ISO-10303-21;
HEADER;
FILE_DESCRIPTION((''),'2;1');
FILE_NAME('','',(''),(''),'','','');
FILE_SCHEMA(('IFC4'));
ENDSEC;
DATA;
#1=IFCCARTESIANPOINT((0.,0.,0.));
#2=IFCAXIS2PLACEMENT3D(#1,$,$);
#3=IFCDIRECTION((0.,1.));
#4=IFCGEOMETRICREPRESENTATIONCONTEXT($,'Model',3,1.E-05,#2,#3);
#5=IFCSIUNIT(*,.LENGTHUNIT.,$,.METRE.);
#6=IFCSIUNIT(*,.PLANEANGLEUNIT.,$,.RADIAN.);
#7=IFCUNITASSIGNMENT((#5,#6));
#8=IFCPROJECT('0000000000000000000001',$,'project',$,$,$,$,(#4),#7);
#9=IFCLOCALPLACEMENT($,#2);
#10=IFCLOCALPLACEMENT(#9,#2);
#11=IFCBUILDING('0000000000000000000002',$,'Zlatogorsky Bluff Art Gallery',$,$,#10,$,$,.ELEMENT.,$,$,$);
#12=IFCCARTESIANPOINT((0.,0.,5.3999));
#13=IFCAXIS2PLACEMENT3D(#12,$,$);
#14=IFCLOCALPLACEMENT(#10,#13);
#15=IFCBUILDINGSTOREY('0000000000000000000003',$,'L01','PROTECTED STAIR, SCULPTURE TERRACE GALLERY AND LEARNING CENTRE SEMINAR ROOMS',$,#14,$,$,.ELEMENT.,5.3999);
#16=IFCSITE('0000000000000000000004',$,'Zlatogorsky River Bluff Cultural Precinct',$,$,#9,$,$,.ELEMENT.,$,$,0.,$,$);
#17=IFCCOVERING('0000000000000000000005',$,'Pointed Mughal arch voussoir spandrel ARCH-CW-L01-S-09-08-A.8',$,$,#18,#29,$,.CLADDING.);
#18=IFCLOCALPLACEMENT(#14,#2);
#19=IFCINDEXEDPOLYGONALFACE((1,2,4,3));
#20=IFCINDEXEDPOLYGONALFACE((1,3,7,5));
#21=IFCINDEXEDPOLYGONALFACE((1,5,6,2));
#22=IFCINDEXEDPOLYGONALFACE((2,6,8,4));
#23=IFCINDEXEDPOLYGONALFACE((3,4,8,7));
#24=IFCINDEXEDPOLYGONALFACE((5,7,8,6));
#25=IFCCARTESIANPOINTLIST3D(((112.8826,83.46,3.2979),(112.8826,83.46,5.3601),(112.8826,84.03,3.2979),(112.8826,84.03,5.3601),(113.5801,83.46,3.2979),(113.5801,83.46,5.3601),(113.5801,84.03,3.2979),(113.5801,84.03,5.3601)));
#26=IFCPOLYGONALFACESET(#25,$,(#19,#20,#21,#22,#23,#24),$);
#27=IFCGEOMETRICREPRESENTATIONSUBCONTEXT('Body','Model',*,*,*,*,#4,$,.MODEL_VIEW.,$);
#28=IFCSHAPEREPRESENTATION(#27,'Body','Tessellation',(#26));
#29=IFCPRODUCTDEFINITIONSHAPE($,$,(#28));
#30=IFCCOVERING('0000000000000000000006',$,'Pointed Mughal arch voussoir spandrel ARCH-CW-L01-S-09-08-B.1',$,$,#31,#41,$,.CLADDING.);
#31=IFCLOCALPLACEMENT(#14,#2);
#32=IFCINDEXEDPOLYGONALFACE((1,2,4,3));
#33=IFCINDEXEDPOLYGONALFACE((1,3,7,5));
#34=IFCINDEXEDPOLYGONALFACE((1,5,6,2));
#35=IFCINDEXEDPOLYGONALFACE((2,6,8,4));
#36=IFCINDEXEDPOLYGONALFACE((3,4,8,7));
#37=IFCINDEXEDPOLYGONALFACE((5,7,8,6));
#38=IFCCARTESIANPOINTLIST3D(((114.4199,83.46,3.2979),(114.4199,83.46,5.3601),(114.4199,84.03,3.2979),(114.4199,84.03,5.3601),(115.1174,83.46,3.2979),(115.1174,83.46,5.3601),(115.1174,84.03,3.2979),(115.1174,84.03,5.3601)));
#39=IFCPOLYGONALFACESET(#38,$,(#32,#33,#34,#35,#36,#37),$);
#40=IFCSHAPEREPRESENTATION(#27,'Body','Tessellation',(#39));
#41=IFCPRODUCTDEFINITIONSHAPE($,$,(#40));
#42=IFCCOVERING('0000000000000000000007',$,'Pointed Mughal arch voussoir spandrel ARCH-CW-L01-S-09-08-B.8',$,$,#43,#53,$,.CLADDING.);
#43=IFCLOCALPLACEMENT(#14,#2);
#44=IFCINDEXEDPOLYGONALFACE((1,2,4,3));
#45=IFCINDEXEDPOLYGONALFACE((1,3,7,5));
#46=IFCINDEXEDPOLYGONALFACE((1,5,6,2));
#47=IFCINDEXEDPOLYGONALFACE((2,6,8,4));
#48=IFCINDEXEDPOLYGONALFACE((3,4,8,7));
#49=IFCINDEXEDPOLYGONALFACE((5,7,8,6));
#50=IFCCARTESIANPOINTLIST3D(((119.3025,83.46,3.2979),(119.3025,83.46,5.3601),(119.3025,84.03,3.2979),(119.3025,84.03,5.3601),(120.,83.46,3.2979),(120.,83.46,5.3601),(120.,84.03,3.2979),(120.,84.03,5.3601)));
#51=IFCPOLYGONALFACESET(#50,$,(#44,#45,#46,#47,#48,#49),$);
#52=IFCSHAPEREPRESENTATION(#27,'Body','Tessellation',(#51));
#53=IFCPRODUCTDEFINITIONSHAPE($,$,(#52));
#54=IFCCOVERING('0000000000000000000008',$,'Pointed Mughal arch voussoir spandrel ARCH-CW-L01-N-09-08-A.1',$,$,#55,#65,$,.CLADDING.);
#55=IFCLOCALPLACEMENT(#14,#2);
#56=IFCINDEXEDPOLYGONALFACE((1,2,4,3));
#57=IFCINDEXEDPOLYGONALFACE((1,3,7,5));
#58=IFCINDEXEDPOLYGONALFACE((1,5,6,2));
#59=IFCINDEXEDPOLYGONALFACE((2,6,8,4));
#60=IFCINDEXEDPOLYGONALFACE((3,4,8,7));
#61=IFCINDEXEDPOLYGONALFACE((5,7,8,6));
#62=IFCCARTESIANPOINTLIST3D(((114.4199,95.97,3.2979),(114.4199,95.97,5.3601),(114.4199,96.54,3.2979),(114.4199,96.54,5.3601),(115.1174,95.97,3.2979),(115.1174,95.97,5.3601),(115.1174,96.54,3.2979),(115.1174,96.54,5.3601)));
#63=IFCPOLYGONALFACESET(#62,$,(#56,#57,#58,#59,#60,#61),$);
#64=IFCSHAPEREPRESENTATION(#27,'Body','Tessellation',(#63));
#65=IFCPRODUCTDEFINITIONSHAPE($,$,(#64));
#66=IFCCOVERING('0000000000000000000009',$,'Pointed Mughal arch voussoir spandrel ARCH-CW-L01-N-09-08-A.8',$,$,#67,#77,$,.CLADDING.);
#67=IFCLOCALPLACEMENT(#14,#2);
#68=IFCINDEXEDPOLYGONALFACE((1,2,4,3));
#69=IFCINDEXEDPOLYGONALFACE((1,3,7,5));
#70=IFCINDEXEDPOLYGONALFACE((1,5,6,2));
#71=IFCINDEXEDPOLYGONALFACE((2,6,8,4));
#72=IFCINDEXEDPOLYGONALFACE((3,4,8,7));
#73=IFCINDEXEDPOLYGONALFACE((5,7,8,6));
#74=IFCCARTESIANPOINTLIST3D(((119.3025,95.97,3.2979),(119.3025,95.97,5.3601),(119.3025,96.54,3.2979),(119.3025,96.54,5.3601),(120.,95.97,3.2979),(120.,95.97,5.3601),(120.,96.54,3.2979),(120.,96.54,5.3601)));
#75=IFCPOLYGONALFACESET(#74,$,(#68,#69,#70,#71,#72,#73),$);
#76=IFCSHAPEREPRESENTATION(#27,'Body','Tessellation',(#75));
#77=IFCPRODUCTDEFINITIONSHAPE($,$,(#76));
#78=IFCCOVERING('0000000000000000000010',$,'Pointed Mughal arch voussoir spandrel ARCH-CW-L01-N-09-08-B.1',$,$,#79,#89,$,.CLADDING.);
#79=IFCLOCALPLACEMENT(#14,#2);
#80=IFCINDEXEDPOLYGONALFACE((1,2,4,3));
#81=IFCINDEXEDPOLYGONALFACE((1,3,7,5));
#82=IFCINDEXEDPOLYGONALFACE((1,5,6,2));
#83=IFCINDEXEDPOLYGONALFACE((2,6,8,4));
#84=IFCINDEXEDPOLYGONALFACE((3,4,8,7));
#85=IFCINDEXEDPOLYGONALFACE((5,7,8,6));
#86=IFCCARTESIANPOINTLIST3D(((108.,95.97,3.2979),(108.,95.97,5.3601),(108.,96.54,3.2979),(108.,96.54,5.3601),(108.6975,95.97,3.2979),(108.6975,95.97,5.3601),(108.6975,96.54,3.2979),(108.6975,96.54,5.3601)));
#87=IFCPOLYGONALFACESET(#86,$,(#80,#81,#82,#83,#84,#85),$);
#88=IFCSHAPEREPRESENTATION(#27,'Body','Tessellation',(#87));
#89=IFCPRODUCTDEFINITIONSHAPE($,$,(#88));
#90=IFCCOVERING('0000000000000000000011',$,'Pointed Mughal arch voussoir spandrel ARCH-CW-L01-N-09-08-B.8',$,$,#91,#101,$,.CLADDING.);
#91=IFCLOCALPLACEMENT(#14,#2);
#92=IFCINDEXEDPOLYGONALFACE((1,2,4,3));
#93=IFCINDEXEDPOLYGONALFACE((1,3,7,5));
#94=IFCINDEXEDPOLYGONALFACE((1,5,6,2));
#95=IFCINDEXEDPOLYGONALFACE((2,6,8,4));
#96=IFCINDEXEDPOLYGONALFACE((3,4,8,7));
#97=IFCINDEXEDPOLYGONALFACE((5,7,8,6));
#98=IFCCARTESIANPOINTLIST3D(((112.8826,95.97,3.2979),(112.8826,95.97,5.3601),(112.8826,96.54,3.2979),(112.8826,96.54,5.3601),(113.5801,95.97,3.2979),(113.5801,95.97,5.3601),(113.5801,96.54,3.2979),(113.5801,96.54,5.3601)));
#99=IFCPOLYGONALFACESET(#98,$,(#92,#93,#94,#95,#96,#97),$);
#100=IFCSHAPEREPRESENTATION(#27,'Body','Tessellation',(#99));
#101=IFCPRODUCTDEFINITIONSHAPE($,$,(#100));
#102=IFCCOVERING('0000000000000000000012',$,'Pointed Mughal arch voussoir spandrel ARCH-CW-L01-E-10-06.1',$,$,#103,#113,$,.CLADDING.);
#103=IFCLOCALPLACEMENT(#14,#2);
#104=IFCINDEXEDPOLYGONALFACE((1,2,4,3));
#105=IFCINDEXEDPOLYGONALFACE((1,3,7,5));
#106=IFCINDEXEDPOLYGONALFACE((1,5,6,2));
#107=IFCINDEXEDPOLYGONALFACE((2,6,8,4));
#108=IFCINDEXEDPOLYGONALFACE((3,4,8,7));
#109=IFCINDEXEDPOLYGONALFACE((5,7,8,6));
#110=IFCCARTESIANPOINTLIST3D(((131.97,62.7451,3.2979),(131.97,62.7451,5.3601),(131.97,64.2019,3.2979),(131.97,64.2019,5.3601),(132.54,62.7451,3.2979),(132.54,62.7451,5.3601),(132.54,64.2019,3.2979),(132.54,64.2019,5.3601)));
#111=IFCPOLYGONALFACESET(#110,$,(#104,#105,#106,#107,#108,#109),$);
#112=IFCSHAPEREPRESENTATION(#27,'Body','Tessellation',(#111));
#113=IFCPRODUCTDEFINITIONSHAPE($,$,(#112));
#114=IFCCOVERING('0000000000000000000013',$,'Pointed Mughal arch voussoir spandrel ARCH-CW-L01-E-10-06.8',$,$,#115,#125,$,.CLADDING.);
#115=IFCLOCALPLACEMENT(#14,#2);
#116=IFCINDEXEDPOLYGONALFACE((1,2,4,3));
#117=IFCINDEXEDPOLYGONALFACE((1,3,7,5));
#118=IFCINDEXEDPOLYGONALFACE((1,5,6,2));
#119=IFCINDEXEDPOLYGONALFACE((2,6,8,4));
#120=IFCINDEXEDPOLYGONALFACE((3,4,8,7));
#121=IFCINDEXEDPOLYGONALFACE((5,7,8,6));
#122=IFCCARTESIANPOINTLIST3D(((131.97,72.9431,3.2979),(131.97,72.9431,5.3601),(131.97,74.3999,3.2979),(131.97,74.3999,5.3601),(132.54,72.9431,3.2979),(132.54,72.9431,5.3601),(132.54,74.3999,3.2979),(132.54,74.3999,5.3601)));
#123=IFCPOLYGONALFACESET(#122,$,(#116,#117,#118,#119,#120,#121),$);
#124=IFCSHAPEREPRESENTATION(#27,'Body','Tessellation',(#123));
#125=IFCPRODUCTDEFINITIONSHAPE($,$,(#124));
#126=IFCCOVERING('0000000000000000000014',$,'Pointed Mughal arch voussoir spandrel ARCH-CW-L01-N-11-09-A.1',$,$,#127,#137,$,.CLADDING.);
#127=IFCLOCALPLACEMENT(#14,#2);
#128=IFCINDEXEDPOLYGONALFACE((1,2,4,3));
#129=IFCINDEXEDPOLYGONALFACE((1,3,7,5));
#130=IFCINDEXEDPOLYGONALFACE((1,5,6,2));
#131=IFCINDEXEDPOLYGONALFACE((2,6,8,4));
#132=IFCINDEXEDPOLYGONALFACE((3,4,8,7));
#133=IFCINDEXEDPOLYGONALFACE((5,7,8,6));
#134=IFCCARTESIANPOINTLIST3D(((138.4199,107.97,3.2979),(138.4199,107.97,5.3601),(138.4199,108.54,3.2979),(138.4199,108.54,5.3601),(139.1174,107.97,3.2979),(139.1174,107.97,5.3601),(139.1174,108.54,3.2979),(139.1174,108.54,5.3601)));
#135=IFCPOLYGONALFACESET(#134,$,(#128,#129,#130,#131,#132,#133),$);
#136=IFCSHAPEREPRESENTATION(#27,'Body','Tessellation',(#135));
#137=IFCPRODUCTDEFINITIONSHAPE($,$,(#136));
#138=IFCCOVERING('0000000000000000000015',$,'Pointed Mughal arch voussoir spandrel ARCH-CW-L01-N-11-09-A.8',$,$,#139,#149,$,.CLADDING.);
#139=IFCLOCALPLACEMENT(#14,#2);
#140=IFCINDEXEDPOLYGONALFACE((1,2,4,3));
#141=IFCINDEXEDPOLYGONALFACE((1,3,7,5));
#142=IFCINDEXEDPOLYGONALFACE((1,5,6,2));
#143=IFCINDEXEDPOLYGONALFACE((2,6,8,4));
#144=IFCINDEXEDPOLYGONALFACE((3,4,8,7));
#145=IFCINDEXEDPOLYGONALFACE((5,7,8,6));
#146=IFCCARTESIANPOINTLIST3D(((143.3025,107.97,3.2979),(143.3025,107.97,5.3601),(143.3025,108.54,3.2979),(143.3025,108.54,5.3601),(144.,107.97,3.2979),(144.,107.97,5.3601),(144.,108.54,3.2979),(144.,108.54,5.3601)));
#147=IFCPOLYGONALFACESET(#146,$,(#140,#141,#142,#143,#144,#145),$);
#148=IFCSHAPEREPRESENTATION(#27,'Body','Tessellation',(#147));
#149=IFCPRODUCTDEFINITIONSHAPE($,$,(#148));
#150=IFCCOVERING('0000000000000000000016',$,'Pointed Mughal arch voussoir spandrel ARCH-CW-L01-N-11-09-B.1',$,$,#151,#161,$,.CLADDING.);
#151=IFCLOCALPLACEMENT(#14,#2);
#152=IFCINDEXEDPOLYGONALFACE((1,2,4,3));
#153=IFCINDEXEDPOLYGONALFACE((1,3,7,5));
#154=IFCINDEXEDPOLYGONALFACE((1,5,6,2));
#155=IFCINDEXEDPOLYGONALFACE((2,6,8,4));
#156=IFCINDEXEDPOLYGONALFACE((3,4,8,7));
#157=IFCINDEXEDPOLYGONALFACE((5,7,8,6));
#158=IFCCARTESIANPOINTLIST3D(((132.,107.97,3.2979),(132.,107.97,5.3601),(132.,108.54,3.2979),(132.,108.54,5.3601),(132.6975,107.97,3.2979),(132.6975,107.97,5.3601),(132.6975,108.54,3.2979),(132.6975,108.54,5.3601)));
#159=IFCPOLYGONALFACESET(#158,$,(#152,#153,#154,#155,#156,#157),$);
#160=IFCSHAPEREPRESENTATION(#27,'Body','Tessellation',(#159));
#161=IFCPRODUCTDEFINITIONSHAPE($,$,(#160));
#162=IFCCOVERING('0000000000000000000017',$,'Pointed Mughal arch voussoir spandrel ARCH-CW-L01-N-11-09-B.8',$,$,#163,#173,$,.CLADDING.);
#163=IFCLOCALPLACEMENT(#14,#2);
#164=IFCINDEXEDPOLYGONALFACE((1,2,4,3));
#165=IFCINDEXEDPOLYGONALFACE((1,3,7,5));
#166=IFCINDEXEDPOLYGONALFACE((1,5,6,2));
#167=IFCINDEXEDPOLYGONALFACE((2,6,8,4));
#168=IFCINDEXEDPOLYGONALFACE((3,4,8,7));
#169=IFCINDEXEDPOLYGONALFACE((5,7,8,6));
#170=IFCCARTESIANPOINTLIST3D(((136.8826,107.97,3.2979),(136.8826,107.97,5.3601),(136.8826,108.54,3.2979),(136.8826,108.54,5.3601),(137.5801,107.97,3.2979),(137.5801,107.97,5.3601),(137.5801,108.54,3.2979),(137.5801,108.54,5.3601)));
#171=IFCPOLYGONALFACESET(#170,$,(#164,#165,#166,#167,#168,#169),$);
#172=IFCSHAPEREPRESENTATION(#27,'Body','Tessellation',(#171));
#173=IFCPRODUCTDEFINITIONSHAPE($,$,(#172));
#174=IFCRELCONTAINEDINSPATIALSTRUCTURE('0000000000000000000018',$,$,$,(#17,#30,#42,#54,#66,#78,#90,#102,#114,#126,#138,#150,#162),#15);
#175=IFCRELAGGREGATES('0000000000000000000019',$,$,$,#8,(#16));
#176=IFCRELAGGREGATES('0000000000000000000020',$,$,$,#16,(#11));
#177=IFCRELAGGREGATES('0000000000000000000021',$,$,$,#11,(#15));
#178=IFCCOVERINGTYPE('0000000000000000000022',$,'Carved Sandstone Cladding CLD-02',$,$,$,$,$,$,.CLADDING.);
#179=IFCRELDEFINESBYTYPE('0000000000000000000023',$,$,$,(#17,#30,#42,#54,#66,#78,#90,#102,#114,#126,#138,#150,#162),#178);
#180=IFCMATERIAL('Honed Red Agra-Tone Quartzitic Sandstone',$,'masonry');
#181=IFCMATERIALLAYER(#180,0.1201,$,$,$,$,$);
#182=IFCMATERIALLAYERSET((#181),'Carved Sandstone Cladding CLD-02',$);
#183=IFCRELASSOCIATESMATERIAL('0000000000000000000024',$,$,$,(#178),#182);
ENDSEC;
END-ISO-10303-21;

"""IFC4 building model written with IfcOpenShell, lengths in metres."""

from ifc_helpers import new_model, si_unit, direction, frame, origin, place, context, subcontext, project, spatial, polyline, outline, extrude, material, layer, layer_set, type_object, element, save


model = new_model("IFC4")

# Units and contexts
model_context = context("Model", 3, precision=1e-05, world=origin(), true_north=direction((0.0, 1.0)))
body_context = subcontext(model_context, "Body", "Model", "MODEL_VIEW")
ifc_project = project(units=[si_unit("LENGTHUNIT", "METRE"), si_unit("PLANEANGLEUNIT", "RADIAN")], contexts=[model_context])

# Site, building, storey
site_placement = place(None, origin())
site = spatial("IfcSite", under=ifc_project, at=site_placement, Name="Zlatogorsky River Bluff Cultural Precinct", CompositionType="ELEMENT", RefElevation=0.0)
building_placement = place(site_placement, origin())
building = spatial("IfcBuilding", under=site, at=building_placement, Name="Zlatogorsky Bluff Art Gallery", CompositionType="ELEMENT")
storey_placement = place(building_placement, frame((0.0, 0.0, 5.3999)))
storey = spatial("IfcBuildingStorey", under=building, at=storey_placement, Name="L01", Description="PROTECTED STAIR, SCULPTURE TERRACE GALLERY AND LEARNING CENTRE SEMINAR ROOMS", CompositionType="ELEMENT", Elevation=5.3999)

# Coverings
ifc_material = material(Name="Honed Red Agra-Tone Quartzitic Sandstone", Category="masonry")
ifc_layer = layer(ifc_material, 0.1201)
ifc_layer_set = layer_set([ifc_layer], Name="Carved Sandstone Cladding CLD-02")
covering_type = type_object("IfcCoveringType", Name="Carved Sandstone Cladding CLD-02", PredefinedType="CLADDING", material=ifc_layer_set)
covering_1_placement = place(storey_placement, frame((0.0, 0.0, 3.2979)))
element("IfcCovering", 1, at=covering_1_placement, inside=storey, type_object=covering_type, Name="Pointed Mughal arch voussoir spandrel ARCH-CW-L01-S-09-08-A.8", PredefinedType="CLADDING", context=body_context, shape_type="SweptSolid", body=[
    extrude(outline(polyline([(112.8826, 83.46), (113.5801, 83.46), (113.5801, 84.03), (112.8826, 84.03), (112.8826, 83.46)])), origin(), (0.0, 0.0, 1.0), 2.0623),
])
covering_2_placement = place(storey_placement, frame((0.0, 0.0, 3.2979)))
element("IfcCovering", 2, at=covering_2_placement, inside=storey, type_object=covering_type, Name="Pointed Mughal arch voussoir spandrel ARCH-CW-L01-S-09-08-B.1", PredefinedType="CLADDING", context=body_context, shape_type="SweptSolid", body=[
    extrude(outline(polyline([(114.4199, 83.46), (115.1174, 83.46), (115.1174, 84.03), (114.4199, 84.03), (114.4199, 83.46)])), origin(), (0.0, 0.0, 1.0), 2.0623),
])
covering_3_placement = place(storey_placement, frame((0.0, 0.0, 3.2979)))
element("IfcCovering", 3, at=covering_3_placement, inside=storey, type_object=covering_type, Name="Pointed Mughal arch voussoir spandrel ARCH-CW-L01-S-09-08-B.8", PredefinedType="CLADDING", context=body_context, shape_type="SweptSolid", body=[
    extrude(outline(polyline([(119.3025, 83.46), (120.0, 83.46), (120.0, 84.03), (119.3025, 84.03), (119.3025, 83.46)])), origin(), (0.0, 0.0, 1.0), 2.0623),
])
covering_4_placement = place(storey_placement, frame((0.0, 0.0, 3.2979)))
element("IfcCovering", 4, at=covering_4_placement, inside=storey, type_object=covering_type, Name="Pointed Mughal arch voussoir spandrel ARCH-CW-L01-N-09-08-A.1", PredefinedType="CLADDING", context=body_context, shape_type="SweptSolid", body=[
    extrude(outline(polyline([(114.4199, 95.97), (115.1174, 95.97), (115.1174, 96.54), (114.4199, 96.54), (114.4199, 95.97)])), origin(), (0.0, 0.0, 1.0), 2.0623),
])
covering_5_placement = place(storey_placement, frame((0.0, 0.0, 3.2979)))
element("IfcCovering", 5, at=covering_5_placement, inside=storey, type_object=covering_type, Name="Pointed Mughal arch voussoir spandrel ARCH-CW-L01-N-09-08-A.8", PredefinedType="CLADDING", context=body_context, shape_type="SweptSolid", body=[
    extrude(outline(polyline([(119.3025, 95.97), (120.0, 95.97), (120.0, 96.54), (119.3025, 96.54), (119.3025, 95.97)])), origin(), (0.0, 0.0, 1.0), 2.0623),
])
covering_6_placement = place(storey_placement, frame((0.0, 0.0, 3.2979)))
element("IfcCovering", 6, at=covering_6_placement, inside=storey, type_object=covering_type, Name="Pointed Mughal arch voussoir spandrel ARCH-CW-L01-N-09-08-B.1", PredefinedType="CLADDING", context=body_context, shape_type="SweptSolid", body=[
    extrude(outline(polyline([(108.0, 95.97), (108.6975, 95.97), (108.6975, 96.54), (108.0, 96.54), (108.0, 95.97)])), origin(), (0.0, 0.0, 1.0), 2.0623),
])
covering_7_placement = place(storey_placement, frame((0.0, 0.0, 3.2979)))
element("IfcCovering", 7, at=covering_7_placement, inside=storey, type_object=covering_type, Name="Pointed Mughal arch voussoir spandrel ARCH-CW-L01-N-09-08-B.8", PredefinedType="CLADDING", context=body_context, shape_type="SweptSolid", body=[
    extrude(outline(polyline([(112.8826, 95.97), (113.5801, 95.97), (113.5801, 96.54), (112.8826, 96.54), (112.8826, 95.97)])), origin(), (0.0, 0.0, 1.0), 2.0623),
])
covering_8_placement = place(storey_placement, frame((0.0, 0.0, 3.2979)))
element("IfcCovering", 8, at=covering_8_placement, inside=storey, type_object=covering_type, Name="Pointed Mughal arch voussoir spandrel ARCH-CW-L01-E-10-06.1", PredefinedType="CLADDING", context=body_context, shape_type="SweptSolid", body=[
    extrude(outline(polyline([(131.97, 62.7451), (131.97, 64.2019), (132.54, 64.2019), (132.54, 62.7451), (131.97, 62.7451)])), origin(), (0.0, 0.0, 1.0), 2.0623),
])
covering_9_placement = place(storey_placement, frame((0.0, 0.0, 3.2979)))
element("IfcCovering", 9, at=covering_9_placement, inside=storey, type_object=covering_type, Name="Pointed Mughal arch voussoir spandrel ARCH-CW-L01-E-10-06.8", PredefinedType="CLADDING", context=body_context, shape_type="SweptSolid", body=[
    extrude(outline(polyline([(131.97, 72.9431), (131.97, 74.3999), (132.54, 74.3999), (132.54, 72.9431), (131.97, 72.9431)])), origin(), (0.0, 0.0, 1.0), 2.0623),
])
covering_10_placement = place(storey_placement, frame((0.0, 0.0, 3.2979)))
element("IfcCovering", 10, at=covering_10_placement, inside=storey, type_object=covering_type, Name="Pointed Mughal arch voussoir spandrel ARCH-CW-L01-N-11-09-A.1", PredefinedType="CLADDING", context=body_context, shape_type="SweptSolid", body=[
    extrude(outline(polyline([(138.4199, 107.97), (139.1174, 107.97), (139.1174, 108.54), (138.4199, 108.54), (138.4199, 107.97)])), origin(), (0.0, 0.0, 1.0), 2.0623),
])
covering_11_placement = place(storey_placement, frame((0.0, 0.0, 3.2979)))
element("IfcCovering", 11, at=covering_11_placement, inside=storey, type_object=covering_type, Name="Pointed Mughal arch voussoir spandrel ARCH-CW-L01-N-11-09-A.8", PredefinedType="CLADDING", context=body_context, shape_type="SweptSolid", body=[
    extrude(outline(polyline([(143.3025, 107.97), (144.0, 107.97), (144.0, 108.54), (143.3025, 108.54), (143.3025, 107.97)])), origin(), (0.0, 0.0, 1.0), 2.0623),
])
covering_12_placement = place(storey_placement, frame((0.0, 0.0, 3.2979)))
element("IfcCovering", 12, at=covering_12_placement, inside=storey, type_object=covering_type, Name="Pointed Mughal arch voussoir spandrel ARCH-CW-L01-N-11-09-B.1", PredefinedType="CLADDING", context=body_context, shape_type="SweptSolid", body=[
    extrude(outline(polyline([(132.0, 107.97), (132.6975, 107.97), (132.6975, 108.54), (132.0, 108.54), (132.0, 107.97)])), origin(), (0.0, 0.0, 1.0), 2.0623),
])
covering_13_placement = place(storey_placement, frame((0.0, 0.0, 3.2979)))
element("IfcCovering", 13, at=covering_13_placement, inside=storey, type_object=covering_type, Name="Pointed Mughal arch voussoir spandrel ARCH-CW-L01-N-11-09-B.8", PredefinedType="CLADDING", context=body_context, shape_type="SweptSolid", body=[
    extrude(outline(polyline([(136.8826, 107.97), (137.5801, 107.97), (137.5801, 108.54), (136.8826, 108.54), (136.8826, 107.97)])), origin(), (0.0, 0.0, 1.0), 2.0623),
])

save(model, "model.ifc")
